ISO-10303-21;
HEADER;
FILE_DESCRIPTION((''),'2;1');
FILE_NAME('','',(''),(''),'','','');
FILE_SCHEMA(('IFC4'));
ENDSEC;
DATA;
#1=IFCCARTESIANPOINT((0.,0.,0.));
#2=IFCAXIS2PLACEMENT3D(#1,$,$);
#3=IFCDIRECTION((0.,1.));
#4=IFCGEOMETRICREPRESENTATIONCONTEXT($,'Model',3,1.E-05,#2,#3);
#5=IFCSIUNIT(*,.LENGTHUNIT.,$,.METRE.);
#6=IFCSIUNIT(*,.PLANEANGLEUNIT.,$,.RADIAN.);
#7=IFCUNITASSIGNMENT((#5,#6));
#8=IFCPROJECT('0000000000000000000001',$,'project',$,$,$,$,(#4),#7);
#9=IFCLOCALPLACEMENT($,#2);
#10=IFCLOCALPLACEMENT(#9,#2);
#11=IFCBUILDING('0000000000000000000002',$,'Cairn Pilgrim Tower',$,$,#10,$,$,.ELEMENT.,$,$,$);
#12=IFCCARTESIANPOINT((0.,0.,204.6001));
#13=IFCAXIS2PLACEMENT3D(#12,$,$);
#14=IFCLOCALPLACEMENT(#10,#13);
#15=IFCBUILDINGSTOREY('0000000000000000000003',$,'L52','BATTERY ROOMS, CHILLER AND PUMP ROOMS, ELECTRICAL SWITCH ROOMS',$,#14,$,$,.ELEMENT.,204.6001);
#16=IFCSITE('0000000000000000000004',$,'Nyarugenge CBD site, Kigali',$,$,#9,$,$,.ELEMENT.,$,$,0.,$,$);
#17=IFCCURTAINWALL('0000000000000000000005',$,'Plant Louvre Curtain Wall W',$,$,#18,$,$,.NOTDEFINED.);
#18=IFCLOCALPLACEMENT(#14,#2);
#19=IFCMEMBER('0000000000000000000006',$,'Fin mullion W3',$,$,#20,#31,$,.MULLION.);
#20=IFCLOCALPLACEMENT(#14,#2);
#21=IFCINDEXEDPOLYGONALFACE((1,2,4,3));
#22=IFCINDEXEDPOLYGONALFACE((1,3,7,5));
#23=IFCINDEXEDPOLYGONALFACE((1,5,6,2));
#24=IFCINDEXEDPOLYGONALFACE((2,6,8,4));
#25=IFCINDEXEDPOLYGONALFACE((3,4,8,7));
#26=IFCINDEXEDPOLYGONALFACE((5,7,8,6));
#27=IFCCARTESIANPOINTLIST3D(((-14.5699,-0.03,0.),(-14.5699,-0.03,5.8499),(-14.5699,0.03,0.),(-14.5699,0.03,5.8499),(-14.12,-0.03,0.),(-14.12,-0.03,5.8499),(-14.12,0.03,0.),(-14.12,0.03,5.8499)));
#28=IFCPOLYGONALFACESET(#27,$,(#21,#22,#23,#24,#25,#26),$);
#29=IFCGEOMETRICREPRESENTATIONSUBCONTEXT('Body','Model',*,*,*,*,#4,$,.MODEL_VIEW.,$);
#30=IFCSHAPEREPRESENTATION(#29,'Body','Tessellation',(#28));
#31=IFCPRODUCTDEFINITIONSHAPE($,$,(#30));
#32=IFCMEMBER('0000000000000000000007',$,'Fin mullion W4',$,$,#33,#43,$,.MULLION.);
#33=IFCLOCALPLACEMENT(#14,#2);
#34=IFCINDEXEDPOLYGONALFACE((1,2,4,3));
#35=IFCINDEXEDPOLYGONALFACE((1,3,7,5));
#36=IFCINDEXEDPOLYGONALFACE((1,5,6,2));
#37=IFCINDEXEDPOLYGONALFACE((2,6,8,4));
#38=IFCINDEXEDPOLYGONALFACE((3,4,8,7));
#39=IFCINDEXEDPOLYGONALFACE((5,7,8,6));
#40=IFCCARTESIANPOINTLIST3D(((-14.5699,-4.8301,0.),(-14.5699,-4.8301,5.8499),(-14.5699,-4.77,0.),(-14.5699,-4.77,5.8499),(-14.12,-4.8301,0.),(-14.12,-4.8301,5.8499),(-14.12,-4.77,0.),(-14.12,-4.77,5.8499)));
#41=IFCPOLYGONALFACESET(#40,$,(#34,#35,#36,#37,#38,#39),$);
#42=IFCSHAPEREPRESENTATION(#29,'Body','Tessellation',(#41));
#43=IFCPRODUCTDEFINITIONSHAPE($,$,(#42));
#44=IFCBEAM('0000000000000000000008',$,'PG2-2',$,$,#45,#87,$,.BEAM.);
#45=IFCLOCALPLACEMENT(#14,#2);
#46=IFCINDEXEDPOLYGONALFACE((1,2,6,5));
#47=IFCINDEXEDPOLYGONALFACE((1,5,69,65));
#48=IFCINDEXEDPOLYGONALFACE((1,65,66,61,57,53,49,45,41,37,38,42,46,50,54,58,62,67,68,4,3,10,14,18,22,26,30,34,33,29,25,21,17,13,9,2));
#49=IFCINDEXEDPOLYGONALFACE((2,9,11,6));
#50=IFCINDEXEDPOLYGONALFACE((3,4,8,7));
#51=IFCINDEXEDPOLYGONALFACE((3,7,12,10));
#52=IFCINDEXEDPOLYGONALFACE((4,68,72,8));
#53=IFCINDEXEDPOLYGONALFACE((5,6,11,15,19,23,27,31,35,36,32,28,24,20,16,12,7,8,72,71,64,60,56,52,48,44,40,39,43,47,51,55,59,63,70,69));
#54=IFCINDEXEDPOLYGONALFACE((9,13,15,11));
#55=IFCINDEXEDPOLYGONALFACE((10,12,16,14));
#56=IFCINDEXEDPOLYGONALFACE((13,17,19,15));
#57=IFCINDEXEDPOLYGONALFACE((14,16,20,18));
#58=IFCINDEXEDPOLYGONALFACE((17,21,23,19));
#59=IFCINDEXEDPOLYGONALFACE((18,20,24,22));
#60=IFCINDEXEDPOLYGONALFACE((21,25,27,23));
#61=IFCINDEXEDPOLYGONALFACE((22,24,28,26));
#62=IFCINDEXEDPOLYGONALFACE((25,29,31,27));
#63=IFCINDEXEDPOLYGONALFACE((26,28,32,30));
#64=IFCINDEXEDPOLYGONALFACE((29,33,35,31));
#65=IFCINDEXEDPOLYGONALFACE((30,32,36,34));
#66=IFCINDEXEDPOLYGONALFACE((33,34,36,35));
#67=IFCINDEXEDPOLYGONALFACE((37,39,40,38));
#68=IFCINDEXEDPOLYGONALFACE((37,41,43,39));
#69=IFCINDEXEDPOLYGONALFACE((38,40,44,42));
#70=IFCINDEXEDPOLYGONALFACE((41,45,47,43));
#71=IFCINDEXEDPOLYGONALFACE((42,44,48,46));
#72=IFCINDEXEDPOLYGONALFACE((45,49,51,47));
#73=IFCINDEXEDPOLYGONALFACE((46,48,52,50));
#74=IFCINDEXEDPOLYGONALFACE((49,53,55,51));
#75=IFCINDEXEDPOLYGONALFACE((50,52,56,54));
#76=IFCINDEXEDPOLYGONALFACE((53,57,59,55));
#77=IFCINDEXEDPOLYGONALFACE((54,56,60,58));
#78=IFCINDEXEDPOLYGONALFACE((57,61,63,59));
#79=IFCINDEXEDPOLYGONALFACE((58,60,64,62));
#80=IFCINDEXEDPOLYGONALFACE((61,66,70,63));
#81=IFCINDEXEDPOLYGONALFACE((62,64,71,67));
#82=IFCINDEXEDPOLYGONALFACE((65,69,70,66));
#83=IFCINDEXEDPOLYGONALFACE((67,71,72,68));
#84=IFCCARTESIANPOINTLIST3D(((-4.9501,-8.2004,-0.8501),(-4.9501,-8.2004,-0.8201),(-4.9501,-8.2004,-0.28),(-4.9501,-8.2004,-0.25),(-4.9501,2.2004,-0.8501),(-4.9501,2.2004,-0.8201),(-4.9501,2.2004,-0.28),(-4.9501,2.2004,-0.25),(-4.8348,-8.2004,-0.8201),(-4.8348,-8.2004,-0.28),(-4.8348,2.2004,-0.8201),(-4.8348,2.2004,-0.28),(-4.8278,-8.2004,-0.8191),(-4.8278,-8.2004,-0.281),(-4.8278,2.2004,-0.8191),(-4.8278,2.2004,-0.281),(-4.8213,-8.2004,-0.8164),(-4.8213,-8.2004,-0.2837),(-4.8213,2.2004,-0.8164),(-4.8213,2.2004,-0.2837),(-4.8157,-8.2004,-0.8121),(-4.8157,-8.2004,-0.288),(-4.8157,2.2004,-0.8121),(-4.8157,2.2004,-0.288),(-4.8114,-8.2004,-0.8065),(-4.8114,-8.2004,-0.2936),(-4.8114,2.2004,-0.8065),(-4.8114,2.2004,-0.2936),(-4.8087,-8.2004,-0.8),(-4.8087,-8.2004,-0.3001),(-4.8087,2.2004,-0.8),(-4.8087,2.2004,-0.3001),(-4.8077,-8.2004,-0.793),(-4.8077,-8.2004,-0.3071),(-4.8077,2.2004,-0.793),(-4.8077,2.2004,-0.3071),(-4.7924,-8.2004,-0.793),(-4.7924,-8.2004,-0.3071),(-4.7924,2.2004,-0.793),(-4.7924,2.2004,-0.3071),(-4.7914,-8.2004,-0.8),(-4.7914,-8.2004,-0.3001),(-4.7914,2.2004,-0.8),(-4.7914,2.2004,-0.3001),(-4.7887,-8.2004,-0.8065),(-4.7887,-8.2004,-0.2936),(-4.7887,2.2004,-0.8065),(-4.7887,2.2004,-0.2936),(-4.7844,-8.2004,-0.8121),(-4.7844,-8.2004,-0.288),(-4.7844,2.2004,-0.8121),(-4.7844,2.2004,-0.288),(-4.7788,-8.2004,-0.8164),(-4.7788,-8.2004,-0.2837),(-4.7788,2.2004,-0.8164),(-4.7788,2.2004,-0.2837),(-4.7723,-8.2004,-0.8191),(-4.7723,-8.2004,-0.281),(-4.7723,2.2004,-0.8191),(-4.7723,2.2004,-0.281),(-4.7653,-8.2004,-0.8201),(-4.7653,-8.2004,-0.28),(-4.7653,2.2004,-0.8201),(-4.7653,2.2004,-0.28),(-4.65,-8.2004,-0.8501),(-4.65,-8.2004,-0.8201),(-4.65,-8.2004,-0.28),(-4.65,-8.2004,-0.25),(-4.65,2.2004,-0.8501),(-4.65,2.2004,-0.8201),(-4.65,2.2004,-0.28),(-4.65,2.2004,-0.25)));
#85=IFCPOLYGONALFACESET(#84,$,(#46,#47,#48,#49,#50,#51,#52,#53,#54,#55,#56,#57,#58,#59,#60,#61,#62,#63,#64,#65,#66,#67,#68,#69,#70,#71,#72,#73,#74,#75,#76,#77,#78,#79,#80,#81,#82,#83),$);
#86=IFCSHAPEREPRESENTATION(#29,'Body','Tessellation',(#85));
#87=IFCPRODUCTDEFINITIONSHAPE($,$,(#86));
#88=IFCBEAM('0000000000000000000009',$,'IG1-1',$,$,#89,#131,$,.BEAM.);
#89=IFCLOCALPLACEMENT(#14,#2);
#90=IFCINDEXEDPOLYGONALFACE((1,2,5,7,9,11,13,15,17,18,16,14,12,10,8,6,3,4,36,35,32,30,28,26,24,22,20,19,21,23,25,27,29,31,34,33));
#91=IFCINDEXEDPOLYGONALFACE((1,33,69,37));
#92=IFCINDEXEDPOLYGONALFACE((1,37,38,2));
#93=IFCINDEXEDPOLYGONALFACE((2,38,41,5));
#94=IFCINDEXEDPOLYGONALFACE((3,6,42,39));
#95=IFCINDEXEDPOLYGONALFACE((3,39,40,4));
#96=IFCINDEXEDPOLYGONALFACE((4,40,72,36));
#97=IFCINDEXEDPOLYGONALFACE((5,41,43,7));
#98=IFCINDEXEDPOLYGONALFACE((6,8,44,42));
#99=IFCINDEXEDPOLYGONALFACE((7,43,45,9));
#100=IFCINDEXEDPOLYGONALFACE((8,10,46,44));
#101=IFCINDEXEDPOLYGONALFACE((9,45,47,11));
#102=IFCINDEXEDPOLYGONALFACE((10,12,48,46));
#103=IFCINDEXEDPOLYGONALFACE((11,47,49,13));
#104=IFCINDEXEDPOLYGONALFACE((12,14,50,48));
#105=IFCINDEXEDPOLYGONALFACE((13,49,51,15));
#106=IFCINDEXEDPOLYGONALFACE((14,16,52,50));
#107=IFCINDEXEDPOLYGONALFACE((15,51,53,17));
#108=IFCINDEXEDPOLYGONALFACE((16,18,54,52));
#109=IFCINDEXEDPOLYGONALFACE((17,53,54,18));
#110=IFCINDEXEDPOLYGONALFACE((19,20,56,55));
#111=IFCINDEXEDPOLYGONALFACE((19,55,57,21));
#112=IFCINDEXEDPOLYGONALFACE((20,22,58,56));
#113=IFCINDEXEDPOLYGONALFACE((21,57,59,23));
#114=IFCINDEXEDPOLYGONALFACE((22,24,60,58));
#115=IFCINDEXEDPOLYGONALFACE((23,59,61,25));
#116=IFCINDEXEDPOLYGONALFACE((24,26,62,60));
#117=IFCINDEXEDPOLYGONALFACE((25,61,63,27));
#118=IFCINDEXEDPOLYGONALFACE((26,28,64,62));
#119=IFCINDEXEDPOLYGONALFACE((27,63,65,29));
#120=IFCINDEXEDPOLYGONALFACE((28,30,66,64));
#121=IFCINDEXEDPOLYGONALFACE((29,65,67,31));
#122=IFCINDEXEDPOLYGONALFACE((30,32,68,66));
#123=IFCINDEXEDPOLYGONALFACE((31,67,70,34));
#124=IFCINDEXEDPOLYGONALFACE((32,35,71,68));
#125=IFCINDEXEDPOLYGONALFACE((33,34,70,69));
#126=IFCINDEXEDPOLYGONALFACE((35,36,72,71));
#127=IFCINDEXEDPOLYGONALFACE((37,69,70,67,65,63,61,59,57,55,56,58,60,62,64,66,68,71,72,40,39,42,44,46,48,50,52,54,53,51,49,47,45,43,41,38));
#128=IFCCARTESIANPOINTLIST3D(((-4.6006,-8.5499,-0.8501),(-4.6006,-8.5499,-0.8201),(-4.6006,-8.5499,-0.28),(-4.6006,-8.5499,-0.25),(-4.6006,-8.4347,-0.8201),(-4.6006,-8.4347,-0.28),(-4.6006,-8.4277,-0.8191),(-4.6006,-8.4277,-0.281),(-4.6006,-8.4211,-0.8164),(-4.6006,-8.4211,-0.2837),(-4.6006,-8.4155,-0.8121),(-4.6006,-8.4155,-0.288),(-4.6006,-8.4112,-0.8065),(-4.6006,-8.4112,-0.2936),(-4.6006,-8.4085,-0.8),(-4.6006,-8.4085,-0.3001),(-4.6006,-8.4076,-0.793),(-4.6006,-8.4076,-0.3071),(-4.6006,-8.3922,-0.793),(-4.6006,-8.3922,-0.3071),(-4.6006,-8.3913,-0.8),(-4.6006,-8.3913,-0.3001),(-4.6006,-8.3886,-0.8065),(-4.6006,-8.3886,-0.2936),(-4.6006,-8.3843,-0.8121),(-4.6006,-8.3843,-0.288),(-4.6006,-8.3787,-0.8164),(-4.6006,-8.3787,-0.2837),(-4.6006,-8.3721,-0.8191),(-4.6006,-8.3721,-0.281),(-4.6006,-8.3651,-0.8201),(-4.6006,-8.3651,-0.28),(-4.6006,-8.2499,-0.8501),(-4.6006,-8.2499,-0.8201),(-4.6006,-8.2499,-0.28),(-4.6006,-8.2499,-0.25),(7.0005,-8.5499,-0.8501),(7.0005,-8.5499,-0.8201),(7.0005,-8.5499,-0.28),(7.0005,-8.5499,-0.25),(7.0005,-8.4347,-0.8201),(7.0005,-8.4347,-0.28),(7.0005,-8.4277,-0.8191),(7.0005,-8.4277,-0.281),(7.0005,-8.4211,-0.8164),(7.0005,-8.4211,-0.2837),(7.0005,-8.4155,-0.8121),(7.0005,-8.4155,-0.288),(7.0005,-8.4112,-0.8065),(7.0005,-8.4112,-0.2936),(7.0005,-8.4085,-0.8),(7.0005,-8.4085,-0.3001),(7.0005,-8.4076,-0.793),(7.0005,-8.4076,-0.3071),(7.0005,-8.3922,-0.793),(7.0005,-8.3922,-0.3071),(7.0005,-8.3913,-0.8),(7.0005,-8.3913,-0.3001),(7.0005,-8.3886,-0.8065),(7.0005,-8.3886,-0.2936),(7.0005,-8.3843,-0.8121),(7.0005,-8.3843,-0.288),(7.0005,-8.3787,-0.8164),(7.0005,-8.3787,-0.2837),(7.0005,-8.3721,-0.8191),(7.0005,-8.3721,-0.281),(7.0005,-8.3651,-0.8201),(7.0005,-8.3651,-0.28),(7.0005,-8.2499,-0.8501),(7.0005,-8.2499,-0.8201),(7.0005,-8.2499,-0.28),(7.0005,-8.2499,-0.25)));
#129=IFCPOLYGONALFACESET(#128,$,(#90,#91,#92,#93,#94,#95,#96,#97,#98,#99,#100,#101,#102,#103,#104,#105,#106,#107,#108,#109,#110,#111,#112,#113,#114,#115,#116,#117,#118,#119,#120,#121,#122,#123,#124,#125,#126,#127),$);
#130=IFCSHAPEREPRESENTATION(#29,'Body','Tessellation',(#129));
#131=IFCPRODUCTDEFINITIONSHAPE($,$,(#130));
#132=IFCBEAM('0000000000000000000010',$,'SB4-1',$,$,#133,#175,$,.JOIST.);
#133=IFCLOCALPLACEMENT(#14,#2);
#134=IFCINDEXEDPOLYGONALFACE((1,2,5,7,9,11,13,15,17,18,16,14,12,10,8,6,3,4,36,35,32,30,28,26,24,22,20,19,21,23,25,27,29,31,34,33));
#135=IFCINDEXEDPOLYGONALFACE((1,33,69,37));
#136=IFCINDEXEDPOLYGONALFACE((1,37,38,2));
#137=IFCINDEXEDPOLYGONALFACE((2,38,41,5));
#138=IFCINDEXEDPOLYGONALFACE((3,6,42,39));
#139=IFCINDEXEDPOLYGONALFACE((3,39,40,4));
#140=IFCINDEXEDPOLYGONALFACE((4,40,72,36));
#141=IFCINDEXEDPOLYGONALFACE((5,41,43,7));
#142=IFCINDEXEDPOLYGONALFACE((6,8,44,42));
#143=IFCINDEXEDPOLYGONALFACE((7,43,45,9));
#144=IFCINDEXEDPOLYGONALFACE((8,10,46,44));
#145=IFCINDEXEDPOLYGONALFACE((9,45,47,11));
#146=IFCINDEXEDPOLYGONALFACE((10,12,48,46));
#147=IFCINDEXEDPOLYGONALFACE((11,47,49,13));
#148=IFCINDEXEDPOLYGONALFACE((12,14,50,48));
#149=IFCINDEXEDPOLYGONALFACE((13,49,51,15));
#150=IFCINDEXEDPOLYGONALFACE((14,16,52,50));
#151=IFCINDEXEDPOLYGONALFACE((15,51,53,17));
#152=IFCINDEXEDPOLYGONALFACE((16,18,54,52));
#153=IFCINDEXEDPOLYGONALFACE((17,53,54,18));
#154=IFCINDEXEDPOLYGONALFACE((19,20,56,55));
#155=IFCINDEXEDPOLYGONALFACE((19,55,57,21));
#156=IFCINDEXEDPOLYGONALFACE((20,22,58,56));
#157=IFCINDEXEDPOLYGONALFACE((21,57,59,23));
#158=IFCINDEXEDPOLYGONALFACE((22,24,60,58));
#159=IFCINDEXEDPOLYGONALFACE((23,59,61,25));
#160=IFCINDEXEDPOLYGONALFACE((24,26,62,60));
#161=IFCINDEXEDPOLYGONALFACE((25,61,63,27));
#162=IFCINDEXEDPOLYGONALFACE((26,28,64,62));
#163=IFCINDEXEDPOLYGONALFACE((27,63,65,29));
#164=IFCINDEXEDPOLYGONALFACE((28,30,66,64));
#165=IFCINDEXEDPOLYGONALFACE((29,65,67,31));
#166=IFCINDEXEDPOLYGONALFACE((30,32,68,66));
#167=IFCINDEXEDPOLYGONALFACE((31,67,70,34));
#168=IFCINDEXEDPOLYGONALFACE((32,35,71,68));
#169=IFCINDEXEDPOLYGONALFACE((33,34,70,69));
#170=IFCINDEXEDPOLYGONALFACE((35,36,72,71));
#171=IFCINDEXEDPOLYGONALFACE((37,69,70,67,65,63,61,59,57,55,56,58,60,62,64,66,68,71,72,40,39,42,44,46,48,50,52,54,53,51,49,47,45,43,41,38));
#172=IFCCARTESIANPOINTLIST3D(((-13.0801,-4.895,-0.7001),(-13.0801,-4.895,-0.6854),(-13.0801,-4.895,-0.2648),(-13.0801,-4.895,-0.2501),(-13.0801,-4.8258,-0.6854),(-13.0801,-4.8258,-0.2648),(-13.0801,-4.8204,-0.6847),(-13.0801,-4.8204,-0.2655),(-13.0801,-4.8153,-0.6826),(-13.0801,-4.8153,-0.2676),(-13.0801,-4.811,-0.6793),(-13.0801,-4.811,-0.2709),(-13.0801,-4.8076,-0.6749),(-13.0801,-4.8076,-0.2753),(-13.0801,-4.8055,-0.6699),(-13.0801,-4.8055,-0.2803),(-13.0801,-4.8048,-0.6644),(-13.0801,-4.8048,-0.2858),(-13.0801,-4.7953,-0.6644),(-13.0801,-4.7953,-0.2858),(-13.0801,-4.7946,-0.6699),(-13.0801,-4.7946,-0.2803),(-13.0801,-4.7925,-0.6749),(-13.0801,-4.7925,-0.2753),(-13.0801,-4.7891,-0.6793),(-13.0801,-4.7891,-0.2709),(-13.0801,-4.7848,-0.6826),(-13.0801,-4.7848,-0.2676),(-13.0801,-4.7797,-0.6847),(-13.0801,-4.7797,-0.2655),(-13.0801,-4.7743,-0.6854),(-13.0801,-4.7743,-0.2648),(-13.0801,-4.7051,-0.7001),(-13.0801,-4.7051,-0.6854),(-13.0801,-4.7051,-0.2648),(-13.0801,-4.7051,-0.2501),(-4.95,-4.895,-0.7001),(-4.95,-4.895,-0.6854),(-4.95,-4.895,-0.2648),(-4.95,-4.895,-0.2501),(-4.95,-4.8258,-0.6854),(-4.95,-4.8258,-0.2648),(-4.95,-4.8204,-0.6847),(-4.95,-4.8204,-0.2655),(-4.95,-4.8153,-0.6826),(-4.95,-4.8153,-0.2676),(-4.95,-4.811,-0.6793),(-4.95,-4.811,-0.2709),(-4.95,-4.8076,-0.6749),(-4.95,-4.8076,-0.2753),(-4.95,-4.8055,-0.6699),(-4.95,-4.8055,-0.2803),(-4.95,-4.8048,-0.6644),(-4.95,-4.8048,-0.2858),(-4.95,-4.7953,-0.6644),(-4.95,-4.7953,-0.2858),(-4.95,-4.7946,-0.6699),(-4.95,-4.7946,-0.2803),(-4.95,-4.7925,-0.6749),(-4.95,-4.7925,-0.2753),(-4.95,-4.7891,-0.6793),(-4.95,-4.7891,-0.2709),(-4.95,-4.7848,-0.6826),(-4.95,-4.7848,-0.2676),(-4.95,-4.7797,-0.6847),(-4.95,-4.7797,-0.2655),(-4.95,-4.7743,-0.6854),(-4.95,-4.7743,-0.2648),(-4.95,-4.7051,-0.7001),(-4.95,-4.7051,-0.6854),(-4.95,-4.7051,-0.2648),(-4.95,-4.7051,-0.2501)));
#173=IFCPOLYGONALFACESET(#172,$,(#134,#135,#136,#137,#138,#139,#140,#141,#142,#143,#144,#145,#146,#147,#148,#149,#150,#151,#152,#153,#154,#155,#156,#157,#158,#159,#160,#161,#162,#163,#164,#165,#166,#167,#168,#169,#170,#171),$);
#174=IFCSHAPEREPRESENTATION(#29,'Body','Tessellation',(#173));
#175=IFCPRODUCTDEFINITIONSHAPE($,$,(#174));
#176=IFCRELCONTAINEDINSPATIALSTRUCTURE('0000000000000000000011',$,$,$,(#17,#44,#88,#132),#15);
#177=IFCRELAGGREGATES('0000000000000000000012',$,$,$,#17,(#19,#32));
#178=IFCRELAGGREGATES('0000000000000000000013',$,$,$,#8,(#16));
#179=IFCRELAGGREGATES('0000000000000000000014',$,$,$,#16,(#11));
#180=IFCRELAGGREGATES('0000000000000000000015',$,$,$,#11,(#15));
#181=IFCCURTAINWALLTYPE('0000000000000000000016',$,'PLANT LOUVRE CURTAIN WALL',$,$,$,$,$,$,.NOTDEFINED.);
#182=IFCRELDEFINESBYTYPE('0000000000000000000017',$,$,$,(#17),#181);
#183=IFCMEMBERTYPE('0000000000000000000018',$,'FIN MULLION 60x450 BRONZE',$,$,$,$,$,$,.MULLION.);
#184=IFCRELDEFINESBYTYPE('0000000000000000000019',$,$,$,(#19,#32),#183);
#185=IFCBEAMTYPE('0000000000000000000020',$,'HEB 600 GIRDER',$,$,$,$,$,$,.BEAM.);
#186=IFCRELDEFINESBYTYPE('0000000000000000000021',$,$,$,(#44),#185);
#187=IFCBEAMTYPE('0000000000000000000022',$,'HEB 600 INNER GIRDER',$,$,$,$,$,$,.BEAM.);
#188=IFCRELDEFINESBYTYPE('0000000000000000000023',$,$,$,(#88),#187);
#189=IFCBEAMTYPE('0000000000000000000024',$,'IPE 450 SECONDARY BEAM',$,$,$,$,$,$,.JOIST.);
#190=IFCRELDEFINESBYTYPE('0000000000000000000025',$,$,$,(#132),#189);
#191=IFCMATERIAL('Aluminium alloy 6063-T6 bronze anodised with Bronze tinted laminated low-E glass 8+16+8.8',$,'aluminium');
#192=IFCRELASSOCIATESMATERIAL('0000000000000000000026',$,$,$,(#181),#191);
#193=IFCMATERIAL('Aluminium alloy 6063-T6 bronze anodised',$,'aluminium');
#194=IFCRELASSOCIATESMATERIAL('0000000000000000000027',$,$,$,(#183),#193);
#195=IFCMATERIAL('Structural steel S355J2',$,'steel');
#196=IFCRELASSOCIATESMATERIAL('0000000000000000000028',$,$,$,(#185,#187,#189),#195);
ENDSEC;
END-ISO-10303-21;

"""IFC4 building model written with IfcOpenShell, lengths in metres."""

from ifc_helpers import new_model, si_unit, direction, frame, origin, origin_2d, place, context, subcontext, project, spatial, rectangle, i_section, extrude, material, material_profile, profile_set, type_object, element, aggregate, save


model = new_model("IFC4")

# Units and contexts
model_context = context("Model", 3, precision=1e-05, world=origin(), true_north=direction((0.0, 1.0)))
body_context = subcontext(model_context, "Body", "Model", "MODEL_VIEW")
ifc_project = project(units=[si_unit("LENGTHUNIT", "METRE"), si_unit("PLANEANGLEUNIT", "RADIAN")], contexts=[model_context])

# Site, building, storey
site_placement = place(None, origin())
site = spatial("IfcSite", under=ifc_project, at=site_placement, Name="Nyarugenge CBD site, Kigali", CompositionType="ELEMENT", RefElevation=0.0)
building_placement = place(site_placement, origin())
building = spatial("IfcBuilding", under=site, at=building_placement, Name="Cairn Pilgrim Tower", CompositionType="ELEMENT")
storey_placement = place(building_placement, frame((0.0, 0.0, 204.6001)))
storey = spatial("IfcBuildingStorey", under=building, at=storey_placement, Name="L52", Description="BATTERY ROOMS, CHILLER AND PUMP ROOMS, ELECTRICAL SWITCH ROOMS", CompositionType="ELEMENT", Elevation=204.6001)

# Shared definitions
ifc_material_1 = material(Name="Structural steel S355J2", Category="steel")

# Curtain wall, members
ifc_material_2 = material(Name="Aluminium alloy 6063-T6 bronze anodised with Bronze tinted laminated low-E glass 8+16+8.8", Category="aluminium")
curtain_wall_type = type_object("IfcCurtainWallType", Name="PLANT LOUVRE CURTAIN WALL", PredefinedType="NOTDEFINED", material=ifc_material_2)
curtain_wall_1_placement = place(storey_placement, origin())
curtain_wall_1 = element("IfcCurtainWall", 1, at=curtain_wall_1_placement, inside=storey, type_object=curtain_wall_type, Name="Plant Louvre Curtain Wall W", PredefinedType="NOTDEFINED")
ifc_material_3 = material(Name="Aluminium alloy 6063-T6 bronze anodised", Category="aluminium")
ifc_material_profile_1 = material_profile(ifc_material_3, rectangle(XDim=0.45, YDim=0.0601, at=origin_2d()), Name="FIN MULLION 60x450 BRONZE")
ifc_profile_set_1 = profile_set([ifc_material_profile_1], Name="Aluminium alloy 6063-T6 bronze anodised")
member_type_1 = type_object("IfcMemberType", Name="FIN MULLION 60x450 BRONZE", PredefinedType="MULLION", material=ifc_profile_set_1)
member_1_placement = place(storey_placement, frame((-14.345, 0.0, 0.0), z_axis=(0.0, 0.0, 1.0), x_axis=(-1.0, 0.0, 0.0)))
member_1 = element("IfcMember", 2, at=member_1_placement, type_object=member_type_1, Name="Fin mullion W3", PredefinedType="MULLION", context=body_context, shape_type="SweptSolid", body=[
    extrude(rectangle(XDim=0.45, YDim=0.0601, at=origin_2d()), origin(), (0.0, 0.0, 1.0), 5.8499),
])
member_2_placement = place(storey_placement, frame((-14.345, -4.8, 0.0), z_axis=(0.0, 0.0, 1.0), x_axis=(-1.0, 0.0, 0.0)))
member_2 = element("IfcMember", 3, at=member_2_placement, type_object=member_type_1, Name="Fin mullion W4", PredefinedType="MULLION", context=body_context, shape_type="SweptSolid", body=[
    extrude(rectangle(XDim=0.45, YDim=0.0601, at=origin_2d()), origin(), (0.0, 0.0, 1.0), 5.8499),
])

# Beams
ifc_material_profile_2 = material_profile(ifc_material_1, i_section(OverallWidth=0.3, OverallDepth=0.6001, WebThickness=0.0154, FlangeThickness=0.03, FilletRadius=0.0271, at=origin_2d()), Name="HEB 600")
ifc_profile_set_2 = profile_set([ifc_material_profile_2], Name="Structural steel S355J2")
beam_type_1 = type_object("IfcBeamType", Name="HEB 600 GIRDER", PredefinedType="BEAM", material=ifc_profile_set_2)
beam_1_placement = place(storey_placement, frame((-4.8, -8.2004, -0.55), z_axis=(0.0, 1.0, 0.0), x_axis=(-1.0, 0.0, 0.0)))
element("IfcBeam", 4, at=beam_1_placement, inside=storey, type_object=beam_type_1, Name="PG2-2", PredefinedType="BEAM", context=body_context, shape_type="SweptSolid", body=[
    extrude(i_section(OverallWidth=0.3, OverallDepth=0.6001, WebThickness=0.0154, FlangeThickness=0.03, FilletRadius=0.0271, at=origin_2d()), origin(), (0.0, 0.0, 1.0), 10.4009),
])
ifc_material_profile_3 = material_profile(ifc_material_1, i_section(OverallWidth=0.3, OverallDepth=0.6001, WebThickness=0.0154, FlangeThickness=0.03, FilletRadius=0.0271, at=origin_2d()), Name="HEB 600")
ifc_profile_set_3 = profile_set([ifc_material_profile_3], Name="Structural steel S355J2")
beam_type_2 = type_object("IfcBeamType", Name="HEB 600 INNER GIRDER", PredefinedType="BEAM", material=ifc_profile_set_3)
beam_2_placement = place(storey_placement, frame((-4.6006, -8.3999, -0.55), z_axis=(1.0, 0.0, 0.0), x_axis=(0.0, 1.0, 0.0)))
element("IfcBeam", 5, at=beam_2_placement, inside=storey, type_object=beam_type_2, Name="IG1-1", PredefinedType="BEAM", context=body_context, shape_type="SweptSolid", body=[
    extrude(i_section(OverallWidth=0.3, OverallDepth=0.6001, WebThickness=0.0154, FlangeThickness=0.03, FilletRadius=0.0271, at=origin_2d()), origin(), (0.0, 0.0, 1.0), 11.6011),
])
ifc_material_profile_4 = material_profile(ifc_material_1, i_section(OverallWidth=0.1899, OverallDepth=0.45, WebThickness=0.0095, FlangeThickness=0.0146, FilletRadius=0.021, at=origin_2d()), Name="IPE 450")
ifc_profile_set_4 = profile_set([ifc_material_profile_4], Name="Structural steel S355J2")
beam_type_3 = type_object("IfcBeamType", Name="IPE 450 SECONDARY BEAM", PredefinedType="JOIST", material=ifc_profile_set_4)
for number, where, z_axis, x_axis, name in (
    (6, (-13.0801, -4.8, -0.4751), (1.0, 0.0, 0.0), (0.0, 1.0, 0.0), "SB4-1"),
):
    element("IfcBeam", number, at=place(storey_placement, frame(where, z_axis=z_axis, x_axis=x_axis)), inside=storey, type_object=beam_type_3, Name=name, PredefinedType="JOIST", context=body_context, shape_type="SweptSolid", body=[
        extrude(i_section(OverallWidth=0.1899, OverallDepth=0.45, WebThickness=0.0095, FlangeThickness=0.0146, FilletRadius=0.021, at=origin_2d()), origin(), (0.0, 0.0, 1.0), 8.1301),
    ])

aggregate(curtain_wall_1, [member_1, member_2])

save(model, "model.ifc")
